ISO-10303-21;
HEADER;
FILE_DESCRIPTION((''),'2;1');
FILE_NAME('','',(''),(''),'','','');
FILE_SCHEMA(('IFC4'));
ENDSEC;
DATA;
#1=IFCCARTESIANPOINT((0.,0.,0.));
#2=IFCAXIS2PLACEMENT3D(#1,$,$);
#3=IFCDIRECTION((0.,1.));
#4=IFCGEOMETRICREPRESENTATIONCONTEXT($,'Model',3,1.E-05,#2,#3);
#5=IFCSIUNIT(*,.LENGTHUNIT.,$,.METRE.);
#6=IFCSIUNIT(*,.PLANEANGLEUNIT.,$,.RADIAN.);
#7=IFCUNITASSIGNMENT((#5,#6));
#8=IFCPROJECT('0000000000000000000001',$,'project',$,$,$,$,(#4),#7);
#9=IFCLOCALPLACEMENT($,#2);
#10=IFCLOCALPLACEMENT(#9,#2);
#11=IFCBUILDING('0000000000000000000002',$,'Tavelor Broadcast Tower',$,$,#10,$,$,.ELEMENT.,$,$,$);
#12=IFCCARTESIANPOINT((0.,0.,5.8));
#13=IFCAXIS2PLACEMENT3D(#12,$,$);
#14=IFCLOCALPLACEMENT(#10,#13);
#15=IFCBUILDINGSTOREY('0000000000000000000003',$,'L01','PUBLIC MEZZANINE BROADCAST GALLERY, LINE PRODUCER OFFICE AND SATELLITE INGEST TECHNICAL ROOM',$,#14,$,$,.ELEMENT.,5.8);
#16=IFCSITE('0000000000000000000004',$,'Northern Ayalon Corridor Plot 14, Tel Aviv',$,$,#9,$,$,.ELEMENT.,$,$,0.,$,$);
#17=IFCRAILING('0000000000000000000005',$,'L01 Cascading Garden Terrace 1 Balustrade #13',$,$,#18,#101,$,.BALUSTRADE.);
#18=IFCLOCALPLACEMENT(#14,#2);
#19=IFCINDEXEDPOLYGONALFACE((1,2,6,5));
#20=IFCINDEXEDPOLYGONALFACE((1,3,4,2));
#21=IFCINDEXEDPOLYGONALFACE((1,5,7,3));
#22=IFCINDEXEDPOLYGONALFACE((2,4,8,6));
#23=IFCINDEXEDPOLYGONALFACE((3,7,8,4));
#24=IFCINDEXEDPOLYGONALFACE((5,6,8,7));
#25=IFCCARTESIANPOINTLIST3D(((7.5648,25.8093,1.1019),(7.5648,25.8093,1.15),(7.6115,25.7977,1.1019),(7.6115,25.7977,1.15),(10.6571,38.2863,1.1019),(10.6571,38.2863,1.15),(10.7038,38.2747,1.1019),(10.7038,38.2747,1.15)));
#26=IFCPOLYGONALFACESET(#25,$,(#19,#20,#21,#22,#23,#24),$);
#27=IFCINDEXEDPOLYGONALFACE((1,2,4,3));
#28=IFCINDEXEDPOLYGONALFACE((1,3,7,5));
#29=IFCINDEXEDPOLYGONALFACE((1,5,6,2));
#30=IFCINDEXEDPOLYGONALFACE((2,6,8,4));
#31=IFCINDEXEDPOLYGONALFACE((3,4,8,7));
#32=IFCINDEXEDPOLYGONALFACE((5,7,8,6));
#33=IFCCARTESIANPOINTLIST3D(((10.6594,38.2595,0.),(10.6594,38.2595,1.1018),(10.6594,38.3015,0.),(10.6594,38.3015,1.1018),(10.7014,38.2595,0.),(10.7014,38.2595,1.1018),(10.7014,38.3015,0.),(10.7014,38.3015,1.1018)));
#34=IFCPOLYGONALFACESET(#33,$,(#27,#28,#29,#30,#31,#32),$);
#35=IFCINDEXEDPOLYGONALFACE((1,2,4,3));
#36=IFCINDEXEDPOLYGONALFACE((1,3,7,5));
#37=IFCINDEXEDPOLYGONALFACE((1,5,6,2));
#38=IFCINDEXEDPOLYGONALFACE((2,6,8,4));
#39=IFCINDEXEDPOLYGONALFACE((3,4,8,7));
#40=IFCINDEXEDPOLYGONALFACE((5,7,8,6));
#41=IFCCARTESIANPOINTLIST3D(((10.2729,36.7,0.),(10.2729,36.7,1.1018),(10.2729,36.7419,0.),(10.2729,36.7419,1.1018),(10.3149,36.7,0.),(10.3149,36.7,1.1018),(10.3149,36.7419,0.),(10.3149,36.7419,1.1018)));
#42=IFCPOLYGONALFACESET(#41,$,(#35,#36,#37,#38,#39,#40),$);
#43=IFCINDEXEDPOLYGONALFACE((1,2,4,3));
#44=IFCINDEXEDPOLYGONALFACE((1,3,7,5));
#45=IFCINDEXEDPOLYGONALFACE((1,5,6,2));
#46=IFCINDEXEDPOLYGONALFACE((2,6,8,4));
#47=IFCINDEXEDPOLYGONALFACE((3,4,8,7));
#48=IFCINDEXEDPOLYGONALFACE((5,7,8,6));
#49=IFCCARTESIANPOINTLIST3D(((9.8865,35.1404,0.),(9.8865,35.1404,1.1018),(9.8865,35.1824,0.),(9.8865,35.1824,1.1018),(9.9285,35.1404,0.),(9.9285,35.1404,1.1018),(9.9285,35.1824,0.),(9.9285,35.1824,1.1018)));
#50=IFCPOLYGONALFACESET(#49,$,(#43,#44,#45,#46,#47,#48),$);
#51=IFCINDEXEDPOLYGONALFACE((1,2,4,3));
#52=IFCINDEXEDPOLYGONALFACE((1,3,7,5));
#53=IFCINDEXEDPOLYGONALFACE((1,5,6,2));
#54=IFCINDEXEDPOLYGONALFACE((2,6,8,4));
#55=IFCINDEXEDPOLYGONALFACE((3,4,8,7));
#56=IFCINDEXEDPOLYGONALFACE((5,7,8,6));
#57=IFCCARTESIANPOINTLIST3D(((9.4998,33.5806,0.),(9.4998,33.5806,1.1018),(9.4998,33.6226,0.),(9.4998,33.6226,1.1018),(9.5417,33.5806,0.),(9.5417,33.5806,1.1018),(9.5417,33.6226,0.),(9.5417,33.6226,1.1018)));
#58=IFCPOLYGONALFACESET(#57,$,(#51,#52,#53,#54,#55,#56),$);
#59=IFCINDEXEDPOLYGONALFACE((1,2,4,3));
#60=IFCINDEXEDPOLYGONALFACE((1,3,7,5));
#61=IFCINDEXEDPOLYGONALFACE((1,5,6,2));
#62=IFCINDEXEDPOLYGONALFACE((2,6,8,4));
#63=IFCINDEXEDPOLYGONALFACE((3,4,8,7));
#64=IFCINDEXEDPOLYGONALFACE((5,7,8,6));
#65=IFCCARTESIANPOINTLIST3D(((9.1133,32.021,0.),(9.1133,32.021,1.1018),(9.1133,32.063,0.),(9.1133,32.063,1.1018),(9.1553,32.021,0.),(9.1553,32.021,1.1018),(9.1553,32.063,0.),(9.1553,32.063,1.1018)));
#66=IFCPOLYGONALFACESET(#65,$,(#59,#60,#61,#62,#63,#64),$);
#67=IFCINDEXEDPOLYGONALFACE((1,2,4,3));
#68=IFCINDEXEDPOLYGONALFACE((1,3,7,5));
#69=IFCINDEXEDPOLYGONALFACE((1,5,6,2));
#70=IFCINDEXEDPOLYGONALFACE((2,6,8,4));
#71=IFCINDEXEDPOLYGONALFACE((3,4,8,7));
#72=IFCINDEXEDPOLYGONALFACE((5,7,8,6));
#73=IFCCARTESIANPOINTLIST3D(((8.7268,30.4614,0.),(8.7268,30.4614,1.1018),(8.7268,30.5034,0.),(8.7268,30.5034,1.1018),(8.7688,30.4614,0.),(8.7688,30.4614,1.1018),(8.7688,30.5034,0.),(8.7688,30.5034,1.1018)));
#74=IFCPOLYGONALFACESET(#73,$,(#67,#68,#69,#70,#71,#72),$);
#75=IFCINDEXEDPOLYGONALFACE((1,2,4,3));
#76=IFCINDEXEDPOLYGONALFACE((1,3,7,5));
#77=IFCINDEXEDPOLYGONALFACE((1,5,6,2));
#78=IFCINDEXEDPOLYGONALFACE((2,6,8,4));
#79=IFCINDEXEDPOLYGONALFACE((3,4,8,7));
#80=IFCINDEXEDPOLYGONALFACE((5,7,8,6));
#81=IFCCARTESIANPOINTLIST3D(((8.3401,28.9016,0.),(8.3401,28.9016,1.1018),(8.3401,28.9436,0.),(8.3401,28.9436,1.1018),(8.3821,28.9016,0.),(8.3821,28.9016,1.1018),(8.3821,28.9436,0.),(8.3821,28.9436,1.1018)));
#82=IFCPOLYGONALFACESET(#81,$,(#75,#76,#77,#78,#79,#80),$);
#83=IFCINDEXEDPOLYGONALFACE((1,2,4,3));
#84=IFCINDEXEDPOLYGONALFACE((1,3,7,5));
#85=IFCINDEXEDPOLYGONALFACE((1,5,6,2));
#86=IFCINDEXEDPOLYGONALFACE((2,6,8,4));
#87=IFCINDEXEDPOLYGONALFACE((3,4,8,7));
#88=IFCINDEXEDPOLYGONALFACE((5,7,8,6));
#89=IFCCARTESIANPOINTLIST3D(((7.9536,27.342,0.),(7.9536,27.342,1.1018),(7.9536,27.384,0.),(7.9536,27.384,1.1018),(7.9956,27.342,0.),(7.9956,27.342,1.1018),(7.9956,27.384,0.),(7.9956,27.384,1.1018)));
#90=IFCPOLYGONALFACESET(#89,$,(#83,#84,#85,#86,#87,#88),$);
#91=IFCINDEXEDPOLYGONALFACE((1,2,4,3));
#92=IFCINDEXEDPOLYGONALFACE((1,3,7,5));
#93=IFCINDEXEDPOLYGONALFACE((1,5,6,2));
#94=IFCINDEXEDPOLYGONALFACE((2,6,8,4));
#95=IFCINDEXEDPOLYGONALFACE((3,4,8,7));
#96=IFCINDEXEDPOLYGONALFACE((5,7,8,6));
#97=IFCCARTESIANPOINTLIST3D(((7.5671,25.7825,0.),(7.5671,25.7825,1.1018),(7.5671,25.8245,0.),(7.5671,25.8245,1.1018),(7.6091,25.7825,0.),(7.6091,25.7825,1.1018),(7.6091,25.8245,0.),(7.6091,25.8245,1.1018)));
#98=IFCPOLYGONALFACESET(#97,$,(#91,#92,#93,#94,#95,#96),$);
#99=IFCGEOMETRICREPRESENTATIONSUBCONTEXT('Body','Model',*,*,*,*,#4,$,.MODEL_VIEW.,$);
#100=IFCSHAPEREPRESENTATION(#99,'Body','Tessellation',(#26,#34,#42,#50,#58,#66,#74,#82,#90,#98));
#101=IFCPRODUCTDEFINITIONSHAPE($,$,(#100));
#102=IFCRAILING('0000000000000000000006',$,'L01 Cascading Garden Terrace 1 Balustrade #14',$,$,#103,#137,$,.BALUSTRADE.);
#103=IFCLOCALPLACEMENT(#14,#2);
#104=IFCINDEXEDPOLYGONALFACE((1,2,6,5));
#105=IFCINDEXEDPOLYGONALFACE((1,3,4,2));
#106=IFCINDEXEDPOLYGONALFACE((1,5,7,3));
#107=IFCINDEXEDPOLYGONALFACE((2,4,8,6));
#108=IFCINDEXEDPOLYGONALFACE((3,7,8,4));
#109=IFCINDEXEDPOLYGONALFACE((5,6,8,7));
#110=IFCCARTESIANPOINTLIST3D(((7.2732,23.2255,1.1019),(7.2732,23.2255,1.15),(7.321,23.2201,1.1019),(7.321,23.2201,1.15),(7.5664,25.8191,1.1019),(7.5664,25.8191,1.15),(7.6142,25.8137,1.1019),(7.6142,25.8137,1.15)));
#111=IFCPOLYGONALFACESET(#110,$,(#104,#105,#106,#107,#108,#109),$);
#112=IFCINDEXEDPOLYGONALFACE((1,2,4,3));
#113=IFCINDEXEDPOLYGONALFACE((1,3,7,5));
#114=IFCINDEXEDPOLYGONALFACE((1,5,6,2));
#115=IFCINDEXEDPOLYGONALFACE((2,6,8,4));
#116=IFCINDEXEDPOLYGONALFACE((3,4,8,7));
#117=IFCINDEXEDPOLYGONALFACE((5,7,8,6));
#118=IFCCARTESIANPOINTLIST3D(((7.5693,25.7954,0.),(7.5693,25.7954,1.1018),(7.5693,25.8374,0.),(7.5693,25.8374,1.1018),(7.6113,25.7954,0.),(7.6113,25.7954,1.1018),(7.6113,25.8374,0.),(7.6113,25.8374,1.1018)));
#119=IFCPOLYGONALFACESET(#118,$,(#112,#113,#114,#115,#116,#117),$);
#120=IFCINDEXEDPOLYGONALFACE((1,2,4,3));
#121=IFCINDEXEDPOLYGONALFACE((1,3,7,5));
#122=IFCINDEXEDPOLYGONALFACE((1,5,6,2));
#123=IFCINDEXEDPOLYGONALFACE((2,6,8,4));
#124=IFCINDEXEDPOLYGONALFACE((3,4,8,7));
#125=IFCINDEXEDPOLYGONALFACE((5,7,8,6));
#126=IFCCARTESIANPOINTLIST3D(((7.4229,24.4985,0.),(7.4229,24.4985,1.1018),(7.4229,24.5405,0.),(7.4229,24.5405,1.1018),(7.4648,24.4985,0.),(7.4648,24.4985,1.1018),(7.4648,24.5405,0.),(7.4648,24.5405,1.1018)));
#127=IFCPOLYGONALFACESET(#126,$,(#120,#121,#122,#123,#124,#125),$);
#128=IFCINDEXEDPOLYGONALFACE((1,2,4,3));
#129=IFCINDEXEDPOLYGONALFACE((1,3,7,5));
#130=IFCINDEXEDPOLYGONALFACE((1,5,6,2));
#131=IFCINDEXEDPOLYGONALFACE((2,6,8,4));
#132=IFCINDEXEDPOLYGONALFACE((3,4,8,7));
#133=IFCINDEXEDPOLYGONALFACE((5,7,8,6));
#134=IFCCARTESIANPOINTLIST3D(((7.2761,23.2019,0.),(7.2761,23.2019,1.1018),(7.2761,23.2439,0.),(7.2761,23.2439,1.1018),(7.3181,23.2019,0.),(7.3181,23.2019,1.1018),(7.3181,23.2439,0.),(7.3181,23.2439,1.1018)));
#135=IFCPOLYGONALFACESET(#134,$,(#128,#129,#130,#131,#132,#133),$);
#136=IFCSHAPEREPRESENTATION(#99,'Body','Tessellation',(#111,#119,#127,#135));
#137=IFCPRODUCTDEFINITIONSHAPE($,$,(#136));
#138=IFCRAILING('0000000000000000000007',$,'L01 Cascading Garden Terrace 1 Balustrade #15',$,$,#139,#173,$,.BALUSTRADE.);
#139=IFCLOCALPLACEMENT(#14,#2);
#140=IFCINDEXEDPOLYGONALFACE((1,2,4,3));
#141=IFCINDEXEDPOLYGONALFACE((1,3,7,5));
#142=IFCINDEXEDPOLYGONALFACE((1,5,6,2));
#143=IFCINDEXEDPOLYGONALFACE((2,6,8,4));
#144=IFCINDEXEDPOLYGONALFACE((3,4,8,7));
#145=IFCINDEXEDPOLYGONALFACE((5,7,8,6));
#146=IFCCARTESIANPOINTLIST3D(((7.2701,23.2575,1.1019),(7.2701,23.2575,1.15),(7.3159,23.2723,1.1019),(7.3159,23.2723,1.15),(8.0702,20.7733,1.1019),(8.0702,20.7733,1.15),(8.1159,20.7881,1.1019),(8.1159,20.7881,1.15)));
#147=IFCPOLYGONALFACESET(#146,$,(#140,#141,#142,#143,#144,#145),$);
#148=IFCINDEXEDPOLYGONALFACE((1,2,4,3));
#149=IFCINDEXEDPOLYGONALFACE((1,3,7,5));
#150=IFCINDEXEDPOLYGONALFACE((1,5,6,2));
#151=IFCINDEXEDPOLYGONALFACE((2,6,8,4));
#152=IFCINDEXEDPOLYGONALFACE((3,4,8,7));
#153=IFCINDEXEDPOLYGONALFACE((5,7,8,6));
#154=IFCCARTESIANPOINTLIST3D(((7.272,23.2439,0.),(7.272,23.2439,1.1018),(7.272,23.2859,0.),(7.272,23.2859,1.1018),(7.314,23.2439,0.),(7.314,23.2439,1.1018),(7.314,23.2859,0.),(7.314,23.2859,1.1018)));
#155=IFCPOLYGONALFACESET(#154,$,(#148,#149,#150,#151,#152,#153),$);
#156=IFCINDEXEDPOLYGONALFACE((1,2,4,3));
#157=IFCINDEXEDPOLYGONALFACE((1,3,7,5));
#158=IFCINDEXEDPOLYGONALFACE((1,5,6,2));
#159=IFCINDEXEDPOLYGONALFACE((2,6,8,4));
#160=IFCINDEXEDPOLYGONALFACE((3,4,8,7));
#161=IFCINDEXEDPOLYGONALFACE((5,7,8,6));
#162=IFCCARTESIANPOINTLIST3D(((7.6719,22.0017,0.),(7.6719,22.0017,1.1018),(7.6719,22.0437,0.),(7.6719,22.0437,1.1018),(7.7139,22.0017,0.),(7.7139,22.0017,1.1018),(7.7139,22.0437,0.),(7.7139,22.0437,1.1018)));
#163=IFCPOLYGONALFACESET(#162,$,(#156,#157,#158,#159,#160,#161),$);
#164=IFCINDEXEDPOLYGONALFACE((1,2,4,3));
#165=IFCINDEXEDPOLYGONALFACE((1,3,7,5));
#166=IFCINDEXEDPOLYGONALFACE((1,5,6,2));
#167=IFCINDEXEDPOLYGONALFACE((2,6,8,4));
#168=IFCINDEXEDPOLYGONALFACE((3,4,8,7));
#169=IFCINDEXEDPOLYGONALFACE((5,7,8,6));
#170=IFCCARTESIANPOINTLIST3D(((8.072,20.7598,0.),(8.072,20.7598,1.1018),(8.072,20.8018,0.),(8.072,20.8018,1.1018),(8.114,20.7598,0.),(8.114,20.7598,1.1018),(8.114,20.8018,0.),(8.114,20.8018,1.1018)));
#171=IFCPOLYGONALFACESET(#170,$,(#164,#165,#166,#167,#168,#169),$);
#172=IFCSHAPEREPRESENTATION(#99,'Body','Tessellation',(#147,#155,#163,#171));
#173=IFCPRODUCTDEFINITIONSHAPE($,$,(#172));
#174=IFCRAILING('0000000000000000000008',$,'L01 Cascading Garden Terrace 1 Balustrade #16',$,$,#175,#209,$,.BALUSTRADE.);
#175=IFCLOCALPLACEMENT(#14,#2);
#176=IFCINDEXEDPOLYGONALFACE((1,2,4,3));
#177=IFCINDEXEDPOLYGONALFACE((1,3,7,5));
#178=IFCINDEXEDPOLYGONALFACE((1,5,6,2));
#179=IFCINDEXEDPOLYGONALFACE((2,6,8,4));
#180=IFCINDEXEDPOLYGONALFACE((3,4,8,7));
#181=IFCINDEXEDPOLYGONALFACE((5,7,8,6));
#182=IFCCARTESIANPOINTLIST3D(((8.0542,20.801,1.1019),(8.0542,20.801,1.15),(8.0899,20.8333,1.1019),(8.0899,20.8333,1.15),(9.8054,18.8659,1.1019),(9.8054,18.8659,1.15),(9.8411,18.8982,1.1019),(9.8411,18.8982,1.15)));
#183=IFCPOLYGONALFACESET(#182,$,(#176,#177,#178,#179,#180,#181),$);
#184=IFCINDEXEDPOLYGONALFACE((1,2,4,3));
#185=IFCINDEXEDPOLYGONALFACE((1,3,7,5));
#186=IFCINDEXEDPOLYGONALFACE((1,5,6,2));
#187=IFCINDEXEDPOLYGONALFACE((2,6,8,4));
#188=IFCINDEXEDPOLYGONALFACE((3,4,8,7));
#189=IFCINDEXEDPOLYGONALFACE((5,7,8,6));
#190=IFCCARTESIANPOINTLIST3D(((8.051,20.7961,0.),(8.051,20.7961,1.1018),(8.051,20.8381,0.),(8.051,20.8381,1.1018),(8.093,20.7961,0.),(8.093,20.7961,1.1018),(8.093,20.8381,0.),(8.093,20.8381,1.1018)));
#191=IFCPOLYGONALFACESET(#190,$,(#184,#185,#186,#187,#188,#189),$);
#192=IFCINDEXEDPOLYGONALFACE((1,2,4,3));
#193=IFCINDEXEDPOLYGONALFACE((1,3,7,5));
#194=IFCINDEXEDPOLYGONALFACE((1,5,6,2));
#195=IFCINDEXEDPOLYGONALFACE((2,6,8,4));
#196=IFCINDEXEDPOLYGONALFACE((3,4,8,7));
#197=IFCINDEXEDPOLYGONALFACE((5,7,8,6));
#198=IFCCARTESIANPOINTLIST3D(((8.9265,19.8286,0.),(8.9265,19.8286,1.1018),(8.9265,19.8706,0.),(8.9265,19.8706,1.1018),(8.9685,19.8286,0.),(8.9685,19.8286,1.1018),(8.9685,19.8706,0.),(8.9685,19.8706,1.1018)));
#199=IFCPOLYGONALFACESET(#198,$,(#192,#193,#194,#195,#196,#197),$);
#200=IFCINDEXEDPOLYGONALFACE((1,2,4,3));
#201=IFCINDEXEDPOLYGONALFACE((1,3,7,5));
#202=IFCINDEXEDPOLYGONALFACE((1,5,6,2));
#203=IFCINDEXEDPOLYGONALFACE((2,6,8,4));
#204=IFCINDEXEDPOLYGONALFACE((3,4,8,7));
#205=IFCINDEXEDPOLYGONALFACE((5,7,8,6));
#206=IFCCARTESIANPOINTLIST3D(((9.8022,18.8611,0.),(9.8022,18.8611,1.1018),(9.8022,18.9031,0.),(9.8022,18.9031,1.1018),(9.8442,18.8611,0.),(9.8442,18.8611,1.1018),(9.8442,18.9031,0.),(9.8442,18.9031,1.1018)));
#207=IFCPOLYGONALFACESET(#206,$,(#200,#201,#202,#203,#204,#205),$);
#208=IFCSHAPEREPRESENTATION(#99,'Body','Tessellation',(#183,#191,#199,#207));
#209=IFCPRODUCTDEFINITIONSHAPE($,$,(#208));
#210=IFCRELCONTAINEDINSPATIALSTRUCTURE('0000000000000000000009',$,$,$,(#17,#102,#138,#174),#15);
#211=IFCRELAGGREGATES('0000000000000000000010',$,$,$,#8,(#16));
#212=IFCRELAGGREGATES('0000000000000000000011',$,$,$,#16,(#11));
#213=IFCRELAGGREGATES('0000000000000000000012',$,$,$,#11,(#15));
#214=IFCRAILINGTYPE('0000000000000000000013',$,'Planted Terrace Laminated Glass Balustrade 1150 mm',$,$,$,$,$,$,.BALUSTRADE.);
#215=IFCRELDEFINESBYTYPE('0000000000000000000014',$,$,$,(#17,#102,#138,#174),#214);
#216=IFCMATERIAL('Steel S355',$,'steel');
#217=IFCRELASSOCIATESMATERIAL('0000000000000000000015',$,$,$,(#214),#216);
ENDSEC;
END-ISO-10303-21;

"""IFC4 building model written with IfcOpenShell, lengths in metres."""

from ifc_helpers import new_model, si_unit, direction, frame, origin, origin_2d, place, context, subcontext, project, spatial, rectangle, extrude, material, type_object, element, save


model = new_model("IFC4")

# Units and contexts
model_context = context("Model", 3, precision=1e-05, world=origin(), true_north=direction((0.0, 1.0)))
body_context = subcontext(model_context, "Body", "Model", "MODEL_VIEW")
ifc_project = project(units=[si_unit("LENGTHUNIT", "METRE"), si_unit("PLANEANGLEUNIT", "RADIAN")], contexts=[model_context])

# Site, building, storey
site_placement = place(None, origin())
site = spatial("IfcSite", under=ifc_project, at=site_placement, Name="Northern Ayalon Corridor Plot 14, Tel Aviv", CompositionType="ELEMENT", RefElevation=0.0)
building_placement = place(site_placement, origin())
building = spatial("IfcBuilding", under=site, at=building_placement, Name="Tavelor Broadcast Tower", CompositionType="ELEMENT")
storey_placement = place(building_placement, frame((0.0, 0.0, 5.8)))
storey = spatial("IfcBuildingStorey", under=building, at=storey_placement, Name="L01", Description="PUBLIC MEZZANINE BROADCAST GALLERY, LINE PRODUCER OFFICE AND SATELLITE INGEST TECHNICAL ROOM", CompositionType="ELEMENT", Elevation=5.8)

# Railings
ifc_material_1 = material(Name="Steel S355", Category="steel")
railing_type = type_object("IfcRailingType", Name="Planted Terrace Laminated Glass Balustrade 1150 mm", PredefinedType="BALUSTRADE", material=ifc_material_1)
railing_1_placement = place(storey_placement, frame((10.6804, 38.2805, 0.0)))
element("IfcRailing", 1, at=railing_1_placement, inside=storey, type_object=railing_type, Name="L01 Cascading Garden Terrace 1 Balustrade #13", PredefinedType="BALUSTRADE", context=body_context, shape_type="SweptSolid", body=[
    extrude(rectangle(XDim=0.0481, YDim=0.0481, at=origin_2d()), frame((0.0, 0.0, 1.126), z_axis=(-0.24056, -0.970634, 0.0), x_axis=(0.970634, -0.24056, 0.0)), (0.0, 0.0, 1.0), 12.8545),
    extrude(rectangle(XDim=0.042, YDim=0.042, at=origin_2d()), origin(), (0.0, 0.0, 1.0), 1.1018),
    extrude(rectangle(XDim=0.042, YDim=0.042, at=origin_2d()), frame((-0.3865, -1.5596, 0.0)), (0.0, 0.0, 1.0), 1.1018),
    extrude(rectangle(XDim=0.042, YDim=0.042, at=origin_2d()), frame((-0.7729, -3.1191, 0.0)), (0.0, 0.0, 1.0), 1.1018),
    extrude(rectangle(XDim=0.042, YDim=0.042, at=origin_2d()), frame((-1.1597, -4.679, 0.0)), (0.0, 0.0, 1.0), 1.1018),
    extrude(rectangle(XDim=0.042, YDim=0.042, at=origin_2d()), frame((-1.5461, -6.2385, 0.0)), (0.0, 0.0, 1.0), 1.1018),
    extrude(rectangle(XDim=0.042, YDim=0.042, at=origin_2d()), frame((-1.9326, -7.7981, 0.0)), (0.0, 0.0, 1.0), 1.1018),
    extrude(rectangle(XDim=0.042, YDim=0.042, at=origin_2d()), frame((-2.3193, -9.3579, 0.0)), (0.0, 0.0, 1.0), 1.1018),
    extrude(rectangle(XDim=0.042, YDim=0.042, at=origin_2d()), frame((-2.7058, -10.9175, 0.0)), (0.0, 0.0, 1.0), 1.1018),
    extrude(rectangle(XDim=0.042, YDim=0.042, at=origin_2d()), frame((-3.0923, -12.4771, 0.0)), (0.0, 0.0, 1.0), 1.1018),
])
railing_2_placement = place(storey_placement, frame((7.5903, 25.8164, 0.0)))
element("IfcRailing", 2, at=railing_2_placement, inside=storey, type_object=railing_type, Name="L01 Cascading Garden Terrace 1 Balustrade #14", PredefinedType="BALUSTRADE", context=body_context, shape_type="SweptSolid", body=[
    extrude(rectangle(XDim=0.0481, YDim=0.0481, at=origin_2d()), frame((0.0, 0.0, 1.126), z_axis=(-0.112341, -0.99367, 0.0), x_axis=(0.99367, -0.112341, 0.0)), (0.0, 0.0, 1.0), 2.6101),
    extrude(rectangle(XDim=0.042, YDim=0.042, at=origin_2d()), origin(), (0.0, 0.0, 1.0), 1.1018),
    extrude(rectangle(XDim=0.042, YDim=0.042, at=origin_2d()), frame((-0.1465, -1.2969, 0.0)), (0.0, 0.0, 1.0), 1.1018),
    extrude(rectangle(XDim=0.042, YDim=0.042, at=origin_2d()), frame((-0.2932, -2.5935, 0.0)), (0.0, 0.0, 1.0), 1.1018),
])
railing_3_placement = place(storey_placement, frame((7.293, 23.2649, 0.0)))
element("IfcRailing", 3, at=railing_3_placement, inside=storey, type_object=railing_type, Name="L01 Cascading Garden Terrace 1 Balustrade #15", PredefinedType="BALUSTRADE", context=body_context, shape_type="SweptSolid", body=[
    extrude(rectangle(XDim=0.0481, YDim=0.0481, at=origin_2d()), frame((0.0, 0.0, 1.126), z_axis=(0.306557, -0.951852, 0.0), x_axis=(0.951852, 0.306557, 0.0)), (0.0, 0.0, 1.0), 2.6099),
    extrude(rectangle(XDim=0.042, YDim=0.042, at=origin_2d()), origin(), (0.0, 0.0, 1.0), 1.1018),
    extrude(rectangle(XDim=0.042, YDim=0.042, at=origin_2d()), frame((0.3999, -1.2422, 0.0)), (0.0, 0.0, 1.0), 1.1018),
    extrude(rectangle(XDim=0.042, YDim=0.042, at=origin_2d()), frame((0.8, -2.4841, 0.0)), (0.0, 0.0, 1.0), 1.1018),
])
railing_4_placement = place(storey_placement, frame((8.072, 20.8171, 0.0)))
element("IfcRailing", 4, at=railing_4_placement, inside=storey, type_object=railing_type, Name="L01 Cascading Garden Terrace 1 Balustrade #16", PredefinedType="BALUSTRADE", context=body_context, shape_type="SweptSolid", body=[
    extrude(rectangle(XDim=0.0481, YDim=0.0481, at=origin_2d()), frame((0.0, 0.0, 1.126), z_axis=(0.671009, -0.741449, 0.0), x_axis=(0.741449, 0.671009, 0.0)), (0.0, 0.0, 1.0), 2.6099),
    extrude(rectangle(XDim=0.042, YDim=0.042, at=origin_2d()), origin(), (0.0, 0.0, 1.0), 1.1018),
    extrude(rectangle(XDim=0.042, YDim=0.042, at=origin_2d()), frame((0.8755, -0.9675, 0.0)), (0.0, 0.0, 1.0), 1.1018),
    extrude(rectangle(XDim=0.042, YDim=0.042, at=origin_2d()), frame((1.7512, -1.9351, 0.0)), (0.0, 0.0, 1.0), 1.1018),
])

save(model, "model.ifc")
